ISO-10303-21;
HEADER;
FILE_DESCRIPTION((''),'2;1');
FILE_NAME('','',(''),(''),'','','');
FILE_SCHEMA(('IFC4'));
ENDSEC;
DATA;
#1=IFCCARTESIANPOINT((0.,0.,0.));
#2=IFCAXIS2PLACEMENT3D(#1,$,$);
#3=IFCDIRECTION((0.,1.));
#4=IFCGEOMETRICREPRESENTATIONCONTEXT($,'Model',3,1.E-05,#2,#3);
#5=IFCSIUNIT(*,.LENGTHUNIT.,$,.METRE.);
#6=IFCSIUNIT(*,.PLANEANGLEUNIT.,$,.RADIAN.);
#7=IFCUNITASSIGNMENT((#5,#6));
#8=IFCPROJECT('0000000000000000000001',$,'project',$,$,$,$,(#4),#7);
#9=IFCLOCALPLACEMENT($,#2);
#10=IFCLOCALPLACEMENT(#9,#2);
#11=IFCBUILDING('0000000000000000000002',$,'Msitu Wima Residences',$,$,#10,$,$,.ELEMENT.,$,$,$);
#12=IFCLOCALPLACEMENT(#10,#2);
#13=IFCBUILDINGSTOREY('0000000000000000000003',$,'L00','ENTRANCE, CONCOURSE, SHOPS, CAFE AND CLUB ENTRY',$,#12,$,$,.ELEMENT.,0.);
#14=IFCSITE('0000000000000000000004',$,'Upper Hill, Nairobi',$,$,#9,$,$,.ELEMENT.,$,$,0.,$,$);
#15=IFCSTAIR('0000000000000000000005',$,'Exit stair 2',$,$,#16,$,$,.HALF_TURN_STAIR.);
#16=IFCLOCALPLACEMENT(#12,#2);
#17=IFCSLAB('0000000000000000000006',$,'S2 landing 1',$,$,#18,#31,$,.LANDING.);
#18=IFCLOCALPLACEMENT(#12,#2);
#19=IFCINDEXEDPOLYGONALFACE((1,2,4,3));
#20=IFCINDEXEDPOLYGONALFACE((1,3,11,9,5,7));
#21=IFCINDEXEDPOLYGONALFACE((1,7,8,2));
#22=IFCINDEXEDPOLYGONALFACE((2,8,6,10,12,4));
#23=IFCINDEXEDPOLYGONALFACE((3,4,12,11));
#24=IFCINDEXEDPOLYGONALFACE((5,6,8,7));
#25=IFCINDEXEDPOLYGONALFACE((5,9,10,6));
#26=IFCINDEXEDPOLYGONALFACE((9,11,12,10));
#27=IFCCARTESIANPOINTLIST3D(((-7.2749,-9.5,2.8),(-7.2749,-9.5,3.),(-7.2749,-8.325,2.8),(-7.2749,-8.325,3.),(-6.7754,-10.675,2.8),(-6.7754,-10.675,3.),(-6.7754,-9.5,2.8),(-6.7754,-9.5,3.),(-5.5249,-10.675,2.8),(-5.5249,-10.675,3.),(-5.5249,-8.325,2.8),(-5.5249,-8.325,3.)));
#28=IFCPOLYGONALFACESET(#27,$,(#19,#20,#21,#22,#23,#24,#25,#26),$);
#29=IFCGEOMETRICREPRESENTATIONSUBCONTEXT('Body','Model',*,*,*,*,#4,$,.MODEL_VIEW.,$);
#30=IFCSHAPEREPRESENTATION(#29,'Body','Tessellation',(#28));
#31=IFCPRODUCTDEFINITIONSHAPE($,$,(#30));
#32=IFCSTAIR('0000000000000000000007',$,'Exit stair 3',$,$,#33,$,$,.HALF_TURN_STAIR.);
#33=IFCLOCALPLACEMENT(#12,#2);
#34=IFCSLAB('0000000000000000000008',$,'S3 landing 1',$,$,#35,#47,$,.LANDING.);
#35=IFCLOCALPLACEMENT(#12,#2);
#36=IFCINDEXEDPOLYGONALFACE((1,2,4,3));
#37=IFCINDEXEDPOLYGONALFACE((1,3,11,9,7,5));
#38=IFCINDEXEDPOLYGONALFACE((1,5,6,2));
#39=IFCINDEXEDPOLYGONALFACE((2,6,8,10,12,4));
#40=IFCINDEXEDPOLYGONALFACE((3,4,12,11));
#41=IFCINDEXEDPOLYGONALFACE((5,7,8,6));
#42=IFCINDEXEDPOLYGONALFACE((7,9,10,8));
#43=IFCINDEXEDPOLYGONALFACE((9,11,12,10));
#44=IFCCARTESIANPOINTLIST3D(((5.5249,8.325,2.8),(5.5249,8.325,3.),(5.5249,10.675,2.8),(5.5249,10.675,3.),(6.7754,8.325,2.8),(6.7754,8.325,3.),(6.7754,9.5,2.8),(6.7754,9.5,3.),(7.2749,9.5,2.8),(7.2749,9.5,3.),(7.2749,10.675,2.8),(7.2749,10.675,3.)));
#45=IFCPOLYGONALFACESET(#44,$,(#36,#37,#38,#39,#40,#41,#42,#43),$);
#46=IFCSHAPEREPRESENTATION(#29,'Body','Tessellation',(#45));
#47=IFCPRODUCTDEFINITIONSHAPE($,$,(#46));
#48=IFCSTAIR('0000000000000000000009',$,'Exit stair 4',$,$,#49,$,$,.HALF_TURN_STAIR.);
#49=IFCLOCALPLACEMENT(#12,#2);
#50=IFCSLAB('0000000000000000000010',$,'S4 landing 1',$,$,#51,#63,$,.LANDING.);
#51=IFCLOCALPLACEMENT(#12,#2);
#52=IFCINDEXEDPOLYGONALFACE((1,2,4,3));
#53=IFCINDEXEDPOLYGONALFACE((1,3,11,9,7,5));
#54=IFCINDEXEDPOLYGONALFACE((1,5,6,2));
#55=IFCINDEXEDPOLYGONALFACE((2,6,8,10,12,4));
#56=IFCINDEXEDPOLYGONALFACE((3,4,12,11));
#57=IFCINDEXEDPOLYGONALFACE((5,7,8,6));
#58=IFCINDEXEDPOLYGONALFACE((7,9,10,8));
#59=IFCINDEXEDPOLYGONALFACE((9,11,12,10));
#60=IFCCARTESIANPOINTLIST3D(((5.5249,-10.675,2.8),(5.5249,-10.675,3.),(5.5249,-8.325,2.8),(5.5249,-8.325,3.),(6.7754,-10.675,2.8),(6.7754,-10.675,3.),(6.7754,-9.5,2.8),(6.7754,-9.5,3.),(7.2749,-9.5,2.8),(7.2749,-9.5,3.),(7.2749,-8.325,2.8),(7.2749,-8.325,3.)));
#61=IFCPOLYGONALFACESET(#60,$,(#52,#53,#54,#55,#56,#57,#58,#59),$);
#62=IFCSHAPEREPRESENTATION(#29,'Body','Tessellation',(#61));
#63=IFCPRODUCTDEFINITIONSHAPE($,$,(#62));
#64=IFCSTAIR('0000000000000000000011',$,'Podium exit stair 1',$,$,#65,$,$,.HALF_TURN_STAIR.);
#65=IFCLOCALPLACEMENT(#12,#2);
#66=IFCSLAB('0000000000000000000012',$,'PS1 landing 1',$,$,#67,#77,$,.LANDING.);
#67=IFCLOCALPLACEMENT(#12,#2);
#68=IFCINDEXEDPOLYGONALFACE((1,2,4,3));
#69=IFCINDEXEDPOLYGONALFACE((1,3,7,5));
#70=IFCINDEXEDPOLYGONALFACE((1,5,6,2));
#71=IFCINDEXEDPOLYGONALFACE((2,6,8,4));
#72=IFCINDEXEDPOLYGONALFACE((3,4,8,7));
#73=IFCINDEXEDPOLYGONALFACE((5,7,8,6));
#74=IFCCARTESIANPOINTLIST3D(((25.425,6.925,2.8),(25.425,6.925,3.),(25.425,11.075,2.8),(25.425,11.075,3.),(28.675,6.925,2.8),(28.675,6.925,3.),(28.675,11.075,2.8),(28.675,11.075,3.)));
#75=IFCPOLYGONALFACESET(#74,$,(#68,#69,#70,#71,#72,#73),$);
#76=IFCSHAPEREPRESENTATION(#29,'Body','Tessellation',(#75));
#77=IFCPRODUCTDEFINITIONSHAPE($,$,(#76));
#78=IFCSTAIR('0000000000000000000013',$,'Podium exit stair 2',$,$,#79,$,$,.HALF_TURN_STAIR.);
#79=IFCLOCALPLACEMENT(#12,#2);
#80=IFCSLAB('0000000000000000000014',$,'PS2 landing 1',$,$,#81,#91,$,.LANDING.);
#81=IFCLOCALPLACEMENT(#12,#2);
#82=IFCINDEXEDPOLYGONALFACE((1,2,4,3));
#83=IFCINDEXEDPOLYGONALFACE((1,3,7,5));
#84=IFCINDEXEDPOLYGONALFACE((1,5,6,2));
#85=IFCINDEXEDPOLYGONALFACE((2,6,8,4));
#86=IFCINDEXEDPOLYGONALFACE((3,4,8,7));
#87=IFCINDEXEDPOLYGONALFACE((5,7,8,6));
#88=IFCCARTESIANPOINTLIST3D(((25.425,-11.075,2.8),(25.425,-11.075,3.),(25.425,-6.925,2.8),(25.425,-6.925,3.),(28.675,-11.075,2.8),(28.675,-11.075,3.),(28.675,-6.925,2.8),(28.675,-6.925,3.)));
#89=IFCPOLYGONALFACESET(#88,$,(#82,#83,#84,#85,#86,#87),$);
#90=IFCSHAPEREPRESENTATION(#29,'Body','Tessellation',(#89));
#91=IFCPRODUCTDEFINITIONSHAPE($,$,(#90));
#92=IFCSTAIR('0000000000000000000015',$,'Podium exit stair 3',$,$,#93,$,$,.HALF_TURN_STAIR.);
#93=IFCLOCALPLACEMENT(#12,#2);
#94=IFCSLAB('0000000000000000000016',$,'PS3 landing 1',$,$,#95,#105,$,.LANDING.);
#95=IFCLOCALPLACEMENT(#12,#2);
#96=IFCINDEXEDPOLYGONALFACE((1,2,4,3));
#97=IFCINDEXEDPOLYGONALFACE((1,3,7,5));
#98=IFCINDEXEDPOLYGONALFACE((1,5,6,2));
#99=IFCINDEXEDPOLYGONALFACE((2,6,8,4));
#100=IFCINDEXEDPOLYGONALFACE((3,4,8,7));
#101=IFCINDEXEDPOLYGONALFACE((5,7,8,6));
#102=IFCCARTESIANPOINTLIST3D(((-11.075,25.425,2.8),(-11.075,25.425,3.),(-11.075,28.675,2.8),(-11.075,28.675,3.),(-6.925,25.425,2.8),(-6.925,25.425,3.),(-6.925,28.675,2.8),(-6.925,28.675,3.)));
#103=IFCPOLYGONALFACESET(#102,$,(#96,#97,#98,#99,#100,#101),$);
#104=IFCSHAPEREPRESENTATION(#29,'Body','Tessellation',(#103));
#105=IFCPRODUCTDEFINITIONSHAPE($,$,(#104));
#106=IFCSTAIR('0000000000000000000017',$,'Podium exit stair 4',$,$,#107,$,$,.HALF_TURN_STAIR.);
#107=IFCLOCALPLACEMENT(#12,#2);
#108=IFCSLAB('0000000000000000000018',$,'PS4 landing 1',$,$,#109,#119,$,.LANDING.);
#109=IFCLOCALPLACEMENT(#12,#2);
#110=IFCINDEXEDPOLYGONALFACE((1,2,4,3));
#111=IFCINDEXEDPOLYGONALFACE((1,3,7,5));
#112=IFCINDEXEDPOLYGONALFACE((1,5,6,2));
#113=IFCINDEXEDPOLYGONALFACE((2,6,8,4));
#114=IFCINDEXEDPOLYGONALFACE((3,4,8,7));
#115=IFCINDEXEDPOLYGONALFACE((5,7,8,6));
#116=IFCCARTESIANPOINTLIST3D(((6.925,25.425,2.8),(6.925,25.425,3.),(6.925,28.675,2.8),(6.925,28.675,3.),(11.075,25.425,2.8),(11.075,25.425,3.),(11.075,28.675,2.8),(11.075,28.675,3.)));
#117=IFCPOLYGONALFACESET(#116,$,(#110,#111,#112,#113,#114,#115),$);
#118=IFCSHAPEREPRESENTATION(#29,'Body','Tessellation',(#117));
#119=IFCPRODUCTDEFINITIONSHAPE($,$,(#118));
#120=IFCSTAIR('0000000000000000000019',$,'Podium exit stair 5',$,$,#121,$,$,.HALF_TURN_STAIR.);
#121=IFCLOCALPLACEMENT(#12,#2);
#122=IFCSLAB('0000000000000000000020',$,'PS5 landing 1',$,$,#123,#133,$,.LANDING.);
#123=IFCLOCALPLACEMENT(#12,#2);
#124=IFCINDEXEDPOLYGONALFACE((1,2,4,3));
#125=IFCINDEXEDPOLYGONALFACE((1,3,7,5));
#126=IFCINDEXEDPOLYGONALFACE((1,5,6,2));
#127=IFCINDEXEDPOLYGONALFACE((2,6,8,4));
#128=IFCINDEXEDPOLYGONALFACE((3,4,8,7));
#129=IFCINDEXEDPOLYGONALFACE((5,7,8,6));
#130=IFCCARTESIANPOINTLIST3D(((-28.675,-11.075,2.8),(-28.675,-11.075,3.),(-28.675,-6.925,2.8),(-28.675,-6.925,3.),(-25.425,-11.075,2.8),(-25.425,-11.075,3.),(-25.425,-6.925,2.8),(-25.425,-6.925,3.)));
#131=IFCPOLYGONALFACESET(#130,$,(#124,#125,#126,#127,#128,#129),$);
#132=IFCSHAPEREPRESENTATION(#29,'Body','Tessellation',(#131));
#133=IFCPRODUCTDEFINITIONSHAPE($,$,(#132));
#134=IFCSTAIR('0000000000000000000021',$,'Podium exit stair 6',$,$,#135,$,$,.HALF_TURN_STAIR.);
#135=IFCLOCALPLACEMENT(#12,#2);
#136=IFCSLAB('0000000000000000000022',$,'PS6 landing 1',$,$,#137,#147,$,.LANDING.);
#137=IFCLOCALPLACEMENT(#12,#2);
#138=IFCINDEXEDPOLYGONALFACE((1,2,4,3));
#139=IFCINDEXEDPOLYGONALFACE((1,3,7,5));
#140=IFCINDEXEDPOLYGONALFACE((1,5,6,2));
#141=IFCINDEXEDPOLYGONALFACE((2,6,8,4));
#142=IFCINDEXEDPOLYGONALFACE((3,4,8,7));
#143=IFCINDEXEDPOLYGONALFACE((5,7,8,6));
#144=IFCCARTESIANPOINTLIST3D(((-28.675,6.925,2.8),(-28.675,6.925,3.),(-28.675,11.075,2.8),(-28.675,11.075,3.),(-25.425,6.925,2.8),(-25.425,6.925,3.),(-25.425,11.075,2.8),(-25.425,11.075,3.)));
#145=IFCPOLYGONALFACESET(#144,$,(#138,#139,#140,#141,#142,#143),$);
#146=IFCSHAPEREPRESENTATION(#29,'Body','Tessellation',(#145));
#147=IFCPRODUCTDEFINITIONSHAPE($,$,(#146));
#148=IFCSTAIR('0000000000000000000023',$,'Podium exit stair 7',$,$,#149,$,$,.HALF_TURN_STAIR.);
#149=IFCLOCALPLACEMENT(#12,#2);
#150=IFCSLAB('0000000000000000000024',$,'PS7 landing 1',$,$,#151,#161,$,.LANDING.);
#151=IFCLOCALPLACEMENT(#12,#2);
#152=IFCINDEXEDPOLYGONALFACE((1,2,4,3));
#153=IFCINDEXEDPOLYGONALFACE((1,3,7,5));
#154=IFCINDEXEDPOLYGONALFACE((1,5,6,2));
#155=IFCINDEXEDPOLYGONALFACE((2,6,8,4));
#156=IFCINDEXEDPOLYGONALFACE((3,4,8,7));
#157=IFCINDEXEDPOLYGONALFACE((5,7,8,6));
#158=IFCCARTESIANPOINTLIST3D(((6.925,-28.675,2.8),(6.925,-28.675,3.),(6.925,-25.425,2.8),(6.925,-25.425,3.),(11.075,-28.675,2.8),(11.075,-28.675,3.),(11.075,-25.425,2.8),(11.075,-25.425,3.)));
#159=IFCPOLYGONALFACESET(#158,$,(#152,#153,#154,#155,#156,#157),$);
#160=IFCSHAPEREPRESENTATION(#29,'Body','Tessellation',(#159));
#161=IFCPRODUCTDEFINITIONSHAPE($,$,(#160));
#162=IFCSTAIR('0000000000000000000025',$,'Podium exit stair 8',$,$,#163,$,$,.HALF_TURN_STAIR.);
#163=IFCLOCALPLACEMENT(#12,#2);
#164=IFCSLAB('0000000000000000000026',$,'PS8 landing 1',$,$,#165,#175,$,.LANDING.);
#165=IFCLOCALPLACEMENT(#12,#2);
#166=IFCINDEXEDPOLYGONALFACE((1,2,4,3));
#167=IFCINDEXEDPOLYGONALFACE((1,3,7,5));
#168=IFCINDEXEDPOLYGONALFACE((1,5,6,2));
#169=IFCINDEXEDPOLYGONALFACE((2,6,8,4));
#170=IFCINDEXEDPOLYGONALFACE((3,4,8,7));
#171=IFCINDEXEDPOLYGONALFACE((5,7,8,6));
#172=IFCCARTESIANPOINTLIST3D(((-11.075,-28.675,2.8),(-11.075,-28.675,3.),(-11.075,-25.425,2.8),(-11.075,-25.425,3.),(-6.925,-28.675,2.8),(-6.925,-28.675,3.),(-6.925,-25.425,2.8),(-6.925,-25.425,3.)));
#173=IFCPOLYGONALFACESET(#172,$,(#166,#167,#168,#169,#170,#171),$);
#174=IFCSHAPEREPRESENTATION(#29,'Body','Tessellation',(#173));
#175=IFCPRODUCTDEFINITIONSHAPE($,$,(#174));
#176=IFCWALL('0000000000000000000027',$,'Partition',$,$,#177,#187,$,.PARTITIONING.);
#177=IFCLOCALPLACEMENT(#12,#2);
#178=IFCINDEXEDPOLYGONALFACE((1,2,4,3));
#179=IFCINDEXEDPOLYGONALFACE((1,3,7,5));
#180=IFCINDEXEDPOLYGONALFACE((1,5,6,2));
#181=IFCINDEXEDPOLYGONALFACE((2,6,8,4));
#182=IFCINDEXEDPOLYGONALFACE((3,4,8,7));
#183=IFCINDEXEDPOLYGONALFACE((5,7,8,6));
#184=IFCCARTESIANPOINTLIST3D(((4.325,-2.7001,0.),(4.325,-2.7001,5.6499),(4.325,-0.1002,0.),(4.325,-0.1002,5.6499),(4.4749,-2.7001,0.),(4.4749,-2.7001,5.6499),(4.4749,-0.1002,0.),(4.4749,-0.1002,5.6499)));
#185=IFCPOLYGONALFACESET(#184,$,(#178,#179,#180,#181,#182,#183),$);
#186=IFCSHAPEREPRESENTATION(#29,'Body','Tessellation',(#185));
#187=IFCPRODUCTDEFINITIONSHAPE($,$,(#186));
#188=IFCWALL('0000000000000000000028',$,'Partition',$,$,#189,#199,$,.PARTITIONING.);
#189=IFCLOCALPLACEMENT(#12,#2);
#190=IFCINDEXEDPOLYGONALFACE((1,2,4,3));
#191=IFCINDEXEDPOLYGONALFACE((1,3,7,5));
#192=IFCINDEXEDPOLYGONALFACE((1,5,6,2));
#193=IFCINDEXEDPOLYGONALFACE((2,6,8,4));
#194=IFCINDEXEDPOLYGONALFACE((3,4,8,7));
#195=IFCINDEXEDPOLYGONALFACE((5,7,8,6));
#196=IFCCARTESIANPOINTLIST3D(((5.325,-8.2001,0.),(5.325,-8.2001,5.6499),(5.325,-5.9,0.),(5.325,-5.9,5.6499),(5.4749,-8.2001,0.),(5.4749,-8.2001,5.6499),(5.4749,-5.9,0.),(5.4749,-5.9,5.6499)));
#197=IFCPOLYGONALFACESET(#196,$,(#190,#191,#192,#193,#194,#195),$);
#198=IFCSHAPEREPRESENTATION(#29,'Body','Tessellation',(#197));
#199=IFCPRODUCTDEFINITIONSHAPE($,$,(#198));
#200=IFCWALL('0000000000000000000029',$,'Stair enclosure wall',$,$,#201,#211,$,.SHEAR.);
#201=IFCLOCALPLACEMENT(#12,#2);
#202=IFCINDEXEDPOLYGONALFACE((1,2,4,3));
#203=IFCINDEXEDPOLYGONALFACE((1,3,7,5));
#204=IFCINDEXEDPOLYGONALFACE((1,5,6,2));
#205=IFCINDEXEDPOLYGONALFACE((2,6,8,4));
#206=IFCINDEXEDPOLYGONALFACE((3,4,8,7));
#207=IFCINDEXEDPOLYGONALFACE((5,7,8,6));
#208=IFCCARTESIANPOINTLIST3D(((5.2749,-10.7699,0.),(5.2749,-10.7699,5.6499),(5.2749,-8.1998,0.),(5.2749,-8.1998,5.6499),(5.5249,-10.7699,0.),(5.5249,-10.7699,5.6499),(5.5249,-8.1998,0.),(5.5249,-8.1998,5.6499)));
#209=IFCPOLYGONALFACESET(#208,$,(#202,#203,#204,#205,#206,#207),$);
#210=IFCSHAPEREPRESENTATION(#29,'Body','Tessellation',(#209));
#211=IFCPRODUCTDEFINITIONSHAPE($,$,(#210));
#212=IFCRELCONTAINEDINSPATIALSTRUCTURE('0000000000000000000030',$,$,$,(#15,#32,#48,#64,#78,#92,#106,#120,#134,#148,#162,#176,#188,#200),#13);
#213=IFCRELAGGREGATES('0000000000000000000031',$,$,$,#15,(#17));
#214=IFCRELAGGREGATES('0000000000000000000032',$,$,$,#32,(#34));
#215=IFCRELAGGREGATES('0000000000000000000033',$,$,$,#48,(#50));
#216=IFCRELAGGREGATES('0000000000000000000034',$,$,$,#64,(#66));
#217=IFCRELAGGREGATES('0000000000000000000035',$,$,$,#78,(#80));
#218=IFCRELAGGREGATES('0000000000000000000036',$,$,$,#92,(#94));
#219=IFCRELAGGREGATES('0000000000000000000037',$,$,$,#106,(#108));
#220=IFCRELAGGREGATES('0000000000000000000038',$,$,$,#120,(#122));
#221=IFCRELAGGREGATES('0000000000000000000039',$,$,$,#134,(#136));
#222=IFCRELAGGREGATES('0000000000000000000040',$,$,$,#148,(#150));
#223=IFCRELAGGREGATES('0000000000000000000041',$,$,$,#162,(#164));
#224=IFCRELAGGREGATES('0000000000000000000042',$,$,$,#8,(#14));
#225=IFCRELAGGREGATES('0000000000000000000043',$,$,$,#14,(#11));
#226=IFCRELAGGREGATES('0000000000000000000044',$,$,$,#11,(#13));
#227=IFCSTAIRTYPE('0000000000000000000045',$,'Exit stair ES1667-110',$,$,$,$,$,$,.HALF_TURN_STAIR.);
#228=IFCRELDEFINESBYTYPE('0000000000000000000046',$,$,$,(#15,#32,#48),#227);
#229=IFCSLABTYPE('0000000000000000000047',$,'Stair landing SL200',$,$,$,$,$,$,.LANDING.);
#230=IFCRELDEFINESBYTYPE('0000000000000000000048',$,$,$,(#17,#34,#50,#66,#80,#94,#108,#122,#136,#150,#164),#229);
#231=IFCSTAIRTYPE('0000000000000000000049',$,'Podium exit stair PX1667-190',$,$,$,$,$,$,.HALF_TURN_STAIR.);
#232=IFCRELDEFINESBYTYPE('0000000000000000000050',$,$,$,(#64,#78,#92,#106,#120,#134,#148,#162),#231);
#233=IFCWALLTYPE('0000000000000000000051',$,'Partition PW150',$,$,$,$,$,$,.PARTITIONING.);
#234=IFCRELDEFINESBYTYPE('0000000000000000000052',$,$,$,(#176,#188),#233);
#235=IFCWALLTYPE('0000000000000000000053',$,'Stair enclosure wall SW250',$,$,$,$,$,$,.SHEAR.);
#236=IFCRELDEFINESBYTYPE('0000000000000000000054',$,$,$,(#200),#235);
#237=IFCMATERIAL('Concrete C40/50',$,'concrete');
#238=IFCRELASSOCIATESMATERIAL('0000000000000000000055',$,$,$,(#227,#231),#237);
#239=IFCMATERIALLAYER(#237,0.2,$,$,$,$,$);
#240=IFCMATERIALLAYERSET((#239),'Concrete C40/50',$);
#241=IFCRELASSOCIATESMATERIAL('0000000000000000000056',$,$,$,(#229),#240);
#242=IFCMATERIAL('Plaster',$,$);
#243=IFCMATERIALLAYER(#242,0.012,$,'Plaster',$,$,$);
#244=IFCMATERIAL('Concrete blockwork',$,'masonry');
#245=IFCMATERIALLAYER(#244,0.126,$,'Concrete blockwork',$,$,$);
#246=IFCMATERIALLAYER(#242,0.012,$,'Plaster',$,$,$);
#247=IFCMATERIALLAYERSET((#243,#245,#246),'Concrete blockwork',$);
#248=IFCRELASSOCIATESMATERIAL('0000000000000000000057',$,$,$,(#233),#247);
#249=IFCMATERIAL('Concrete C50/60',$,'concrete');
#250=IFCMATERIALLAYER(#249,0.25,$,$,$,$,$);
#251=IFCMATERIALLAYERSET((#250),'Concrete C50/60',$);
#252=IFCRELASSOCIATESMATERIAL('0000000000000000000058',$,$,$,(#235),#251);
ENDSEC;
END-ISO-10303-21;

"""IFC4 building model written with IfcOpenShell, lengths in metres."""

from ifc_helpers import new_model, si_unit, direction, frame, frame_2d, origin, place, context, subcontext, project, spatial, polyline, rectangle, outline, extrude, material, layer, layer_set, type_object, element, aggregate, save


model = new_model("IFC4")

# Units and contexts
model_context = context("Model", 3, precision=1e-05, world=origin(), true_north=direction((0.0, 1.0)))
body_context = subcontext(model_context, "Body", "Model", "MODEL_VIEW")
ifc_project = project(units=[si_unit("LENGTHUNIT", "METRE"), si_unit("PLANEANGLEUNIT", "RADIAN")], contexts=[model_context])

# Site, building, storey
site_placement = place(None, origin())
site = spatial("IfcSite", under=ifc_project, at=site_placement, Name="Upper Hill, Nairobi", CompositionType="ELEMENT", RefElevation=0.0)
building_placement = place(site_placement, origin())
building = spatial("IfcBuilding", under=site, at=building_placement, Name="Msitu Wima Residences", CompositionType="ELEMENT")
storey_placement = place(building_placement, origin())
storey = spatial("IfcBuildingStorey", under=building, at=storey_placement, Name="L00", Description="ENTRANCE, CONCOURSE, SHOPS, CAFE AND CLUB ENTRY", CompositionType="ELEMENT", Elevation=0.0)

# Stairs, slabs
ifc_material_1 = material(Name="Concrete C40/50", Category="concrete")
stair_type_1 = type_object("IfcStairType", Name="Exit stair ES1667-110", PredefinedType="HALF_TURN_STAIR", material=ifc_material_1)
stair_1_placement = place(storey_placement, origin())
stair_1 = element("IfcStair", 1, at=stair_1_placement, inside=storey, type_object=stair_type_1, Name="Exit stair 2", PredefinedType="HALF_TURN_STAIR")
ifc_layer_1 = layer(ifc_material_1, 0.2)
ifc_layer_set_1 = layer_set([ifc_layer_1], Name="Concrete C40/50")
slab_type = type_object("IfcSlabType", Name="Stair landing SL200", PredefinedType="LANDING", material=ifc_layer_set_1)
slab_1_placement = place(storey_placement, frame((0.0, 0.0, 2.8)))
slab_1 = element("IfcSlab", 2, at=slab_1_placement, type_object=slab_type, Name="S2 landing 1", PredefinedType="LANDING", context=body_context, shape_type="SweptSolid", body=[
    extrude(outline(polyline([(-5.5249, -10.675), (-6.7754, -10.675), (-6.7754, -9.5), (-7.2749, -9.5), (-7.2749, -8.325), (-5.5249, -8.325), (-5.5249, -10.675)])), origin(), (0.0, 0.0, 1.0), 0.2),
])
aggregate(stair_1, [slab_1])
stair_2_placement = place(storey_placement, origin())
stair_2 = element("IfcStair", 3, at=stair_2_placement, inside=storey, type_object=stair_type_1, Name="Exit stair 3", PredefinedType="HALF_TURN_STAIR")
slab_2_placement = place(storey_placement, frame((0.0, 0.0, 2.8)))
slab_2 = element("IfcSlab", 4, at=slab_2_placement, type_object=slab_type, Name="S3 landing 1", PredefinedType="LANDING", context=body_context, shape_type="SweptSolid", body=[
    extrude(outline(polyline([(5.5249, 8.325), (6.7754, 8.325), (6.7754, 9.5), (7.2749, 9.5), (7.2749, 10.675), (5.5249, 10.675), (5.5249, 8.325)])), origin(), (0.0, 0.0, 1.0), 0.2),
])
aggregate(stair_2, [slab_2])
stair_3_placement = place(storey_placement, origin())
stair_3 = element("IfcStair", 5, at=stair_3_placement, inside=storey, type_object=stair_type_1, Name="Exit stair 4", PredefinedType="HALF_TURN_STAIR")
slab_3_placement = place(storey_placement, frame((0.0, 0.0, 2.8)))
slab_3 = element("IfcSlab", 6, at=slab_3_placement, type_object=slab_type, Name="S4 landing 1", PredefinedType="LANDING", context=body_context, shape_type="SweptSolid", body=[
    extrude(outline(polyline([(5.5249, -10.675), (6.7754, -10.675), (6.7754, -9.5), (7.2749, -9.5), (7.2749, -8.325), (5.5249, -8.325), (5.5249, -10.675)])), origin(), (0.0, 0.0, 1.0), 0.2),
])
aggregate(stair_3, [slab_3])
stair_type_2 = type_object("IfcStairType", Name="Podium exit stair PX1667-190", PredefinedType="HALF_TURN_STAIR", material=ifc_material_1)
stair_4_placement = place(storey_placement, origin())
stair_4 = element("IfcStair", 7, at=stair_4_placement, inside=storey, type_object=stair_type_2, Name="Podium exit stair 1", PredefinedType="HALF_TURN_STAIR")
slab_4_placement = place(storey_placement, frame((0.0, 0.0, 2.8)))
slab_4 = element("IfcSlab", 8, at=slab_4_placement, type_object=slab_type, Name="PS1 landing 1", PredefinedType="LANDING", context=body_context, shape_type="SweptSolid", body=[
    extrude(outline(polyline([(25.425, 6.925), (28.675, 6.925), (28.675, 11.075), (25.425, 11.075), (25.425, 6.925)])), origin(), (0.0, 0.0, 1.0), 0.2),
])
aggregate(stair_4, [slab_4])
stair_5_placement = place(storey_placement, origin())
stair_5 = element("IfcStair", 9, at=stair_5_placement, inside=storey, type_object=stair_type_2, Name="Podium exit stair 2", PredefinedType="HALF_TURN_STAIR")
slab_5_placement = place(storey_placement, frame((0.0, 0.0, 2.8)))
slab_5 = element("IfcSlab", 10, at=slab_5_placement, type_object=slab_type, Name="PS2 landing 1", PredefinedType="LANDING", context=body_context, shape_type="SweptSolid", body=[
    extrude(outline(polyline([(25.425, -6.925), (28.675, -6.925), (28.675, -11.075), (25.425, -11.075), (25.425, -6.925)])), origin(), (0.0, 0.0, 1.0), 0.2),
])
aggregate(stair_5, [slab_5])
stair_6_placement = place(storey_placement, origin())
stair_6 = element("IfcStair", 11, at=stair_6_placement, inside=storey, type_object=stair_type_2, Name="Podium exit stair 3", PredefinedType="HALF_TURN_STAIR")
slab_6_placement = place(storey_placement, frame((0.0, 0.0, 2.8)))
slab_6 = element("IfcSlab", 12, at=slab_6_placement, type_object=slab_type, Name="PS3 landing 1", PredefinedType="LANDING", context=body_context, shape_type="SweptSolid", body=[
    extrude(outline(polyline([(-6.925, 25.425), (-6.925, 28.675), (-11.075, 28.675), (-11.075, 25.425), (-6.925, 25.425)])), origin(), (0.0, 0.0, 1.0), 0.2),
])
aggregate(stair_6, [slab_6])
stair_7_placement = place(storey_placement, origin())
stair_7 = element("IfcStair", 13, at=stair_7_placement, inside=storey, type_object=stair_type_2, Name="Podium exit stair 4", PredefinedType="HALF_TURN_STAIR")
slab_7_placement = place(storey_placement, frame((0.0, 0.0, 2.8)))
slab_7 = element("IfcSlab", 14, at=slab_7_placement, type_object=slab_type, Name="PS4 landing 1", PredefinedType="LANDING", context=body_context, shape_type="SweptSolid", body=[
    extrude(outline(polyline([(6.925, 25.425), (6.925, 28.675), (11.075, 28.675), (11.075, 25.425), (6.925, 25.425)])), origin(), (0.0, 0.0, 1.0), 0.2),
])
aggregate(stair_7, [slab_7])
stair_8_placement = place(storey_placement, origin())
stair_8 = element("IfcStair", 15, at=stair_8_placement, inside=storey, type_object=stair_type_2, Name="Podium exit stair 5", PredefinedType="HALF_TURN_STAIR")
slab_8_placement = place(storey_placement, frame((0.0, 0.0, 2.8)))
slab_8 = element("IfcSlab", 16, at=slab_8_placement, type_object=slab_type, Name="PS5 landing 1", PredefinedType="LANDING", context=body_context, shape_type="SweptSolid", body=[
    extrude(outline(polyline([(-25.425, -6.925), (-28.675, -6.925), (-28.675, -11.075), (-25.425, -11.075), (-25.425, -6.925)])), origin(), (0.0, 0.0, 1.0), 0.2),
])
aggregate(stair_8, [slab_8])
stair_9_placement = place(storey_placement, origin())
stair_9 = element("IfcStair", 17, at=stair_9_placement, inside=storey, type_object=stair_type_2, Name="Podium exit stair 6", PredefinedType="HALF_TURN_STAIR")
slab_9_placement = place(storey_placement, frame((0.0, 0.0, 2.8)))
slab_9 = element("IfcSlab", 18, at=slab_9_placement, type_object=slab_type, Name="PS6 landing 1", PredefinedType="LANDING", context=body_context, shape_type="SweptSolid", body=[
    extrude(outline(polyline([(-25.425, 6.925), (-28.675, 6.925), (-28.675, 11.075), (-25.425, 11.075), (-25.425, 6.925)])), origin(), (0.0, 0.0, 1.0), 0.2),
])
aggregate(stair_9, [slab_9])
stair_10_placement = place(storey_placement, origin())
stair_10 = element("IfcStair", 19, at=stair_10_placement, inside=storey, type_object=stair_type_2, Name="Podium exit stair 7", PredefinedType="HALF_TURN_STAIR")
slab_10_placement = place(storey_placement, frame((0.0, 0.0, 2.8)))
slab_10 = element("IfcSlab", 20, at=slab_10_placement, type_object=slab_type, Name="PS7 landing 1", PredefinedType="LANDING", context=body_context, shape_type="SweptSolid", body=[
    extrude(outline(polyline([(6.925, -25.425), (6.925, -28.675), (11.075, -28.675), (11.075, -25.425), (6.925, -25.425)])), origin(), (0.0, 0.0, 1.0), 0.2),
])
aggregate(stair_10, [slab_10])
stair_11_placement = place(storey_placement, origin())
stair_11 = element("IfcStair", 21, at=stair_11_placement, inside=storey, type_object=stair_type_2, Name="Podium exit stair 8", PredefinedType="HALF_TURN_STAIR")
slab_11_placement = place(storey_placement, frame((0.0, 0.0, 2.8)))
slab_11 = element("IfcSlab", 22, at=slab_11_placement, type_object=slab_type, Name="PS8 landing 1", PredefinedType="LANDING", context=body_context, shape_type="SweptSolid", body=[
    extrude(outline(polyline([(-6.925, -25.425), (-6.925, -28.675), (-11.075, -28.675), (-11.075, -25.425), (-6.925, -25.425)])), origin(), (0.0, 0.0, 1.0), 0.2),
])
aggregate(stair_11, [slab_11])

# Walls
ifc_material_2 = material(Name="Plaster")
ifc_layer_2 = layer(ifc_material_2, 0.012, Name="Plaster")
ifc_material_3 = material(Name="Concrete blockwork", Category="masonry")
ifc_layer_3 = layer(ifc_material_3, 0.126, Name="Concrete blockwork")
ifc_layer_4 = layer(ifc_material_2, 0.012, Name="Plaster")
ifc_layer_set_2 = layer_set([ifc_layer_2, ifc_layer_3, ifc_layer_4], Name="Concrete blockwork")
wall_type_1 = type_object("IfcWallType", Name="Partition PW150", PredefinedType="PARTITIONING", material=ifc_layer_set_2)
wall_1_placement = place(storey_placement, frame((4.3999, -2.7, 0.0), z_axis=(0.0, 0.0, 1.0), x_axis=(0.0, 1.0, 0.0)))
element("IfcWall", 23, at=wall_1_placement, inside=storey, type_object=wall_type_1, Name="Partition", PredefinedType="PARTITIONING", context=body_context, shape_type="SweptSolid", body=[
    extrude(rectangle(XDim=2.5999, YDim=0.1499, at=frame_2d((1.2998, 0.0))), origin(), (0.0, 0.0, 1.0), 5.6499),
])
wall_2_placement = place(storey_placement, frame((5.3999, -8.2, 0.0), z_axis=(0.0, 0.0, 1.0), x_axis=(0.0, 1.0, 0.0)))
element("IfcWall", 24, at=wall_2_placement, inside=storey, type_object=wall_type_1, Name="Partition", PredefinedType="PARTITIONING", context=body_context, shape_type="SweptSolid", body=[
    extrude(rectangle(XDim=2.3, YDim=0.1499, at=frame_2d((1.1499, 0.0))), origin(), (0.0, 0.0, 1.0), 5.6499),
])
ifc_material_4 = material(Name="Concrete C50/60", Category="concrete")
ifc_layer_5 = layer(ifc_material_4, 0.25)
ifc_layer_set_3 = layer_set([ifc_layer_5], Name="Concrete C50/60")
wall_type_2 = type_object("IfcWallType", Name="Stair enclosure wall SW250", PredefinedType="SHEAR", material=ifc_layer_set_3)
wall_3_placement = place(storey_placement, frame((5.3999, -10.77, 0.0), z_axis=(0.0, 0.0, 1.0), x_axis=(0.0, 1.0, 0.0)))
element("IfcWall", 25, at=wall_3_placement, inside=storey, type_object=wall_type_2, Name="Stair enclosure wall", PredefinedType="SHEAR", context=body_context, shape_type="SweptSolid", body=[
    extrude(rectangle(XDim=2.5701, YDim=0.25, at=frame_2d((1.2852, 0.0))), origin(), (0.0, 0.0, 1.0), 5.6499),
])

save(model, "model.ifc")
